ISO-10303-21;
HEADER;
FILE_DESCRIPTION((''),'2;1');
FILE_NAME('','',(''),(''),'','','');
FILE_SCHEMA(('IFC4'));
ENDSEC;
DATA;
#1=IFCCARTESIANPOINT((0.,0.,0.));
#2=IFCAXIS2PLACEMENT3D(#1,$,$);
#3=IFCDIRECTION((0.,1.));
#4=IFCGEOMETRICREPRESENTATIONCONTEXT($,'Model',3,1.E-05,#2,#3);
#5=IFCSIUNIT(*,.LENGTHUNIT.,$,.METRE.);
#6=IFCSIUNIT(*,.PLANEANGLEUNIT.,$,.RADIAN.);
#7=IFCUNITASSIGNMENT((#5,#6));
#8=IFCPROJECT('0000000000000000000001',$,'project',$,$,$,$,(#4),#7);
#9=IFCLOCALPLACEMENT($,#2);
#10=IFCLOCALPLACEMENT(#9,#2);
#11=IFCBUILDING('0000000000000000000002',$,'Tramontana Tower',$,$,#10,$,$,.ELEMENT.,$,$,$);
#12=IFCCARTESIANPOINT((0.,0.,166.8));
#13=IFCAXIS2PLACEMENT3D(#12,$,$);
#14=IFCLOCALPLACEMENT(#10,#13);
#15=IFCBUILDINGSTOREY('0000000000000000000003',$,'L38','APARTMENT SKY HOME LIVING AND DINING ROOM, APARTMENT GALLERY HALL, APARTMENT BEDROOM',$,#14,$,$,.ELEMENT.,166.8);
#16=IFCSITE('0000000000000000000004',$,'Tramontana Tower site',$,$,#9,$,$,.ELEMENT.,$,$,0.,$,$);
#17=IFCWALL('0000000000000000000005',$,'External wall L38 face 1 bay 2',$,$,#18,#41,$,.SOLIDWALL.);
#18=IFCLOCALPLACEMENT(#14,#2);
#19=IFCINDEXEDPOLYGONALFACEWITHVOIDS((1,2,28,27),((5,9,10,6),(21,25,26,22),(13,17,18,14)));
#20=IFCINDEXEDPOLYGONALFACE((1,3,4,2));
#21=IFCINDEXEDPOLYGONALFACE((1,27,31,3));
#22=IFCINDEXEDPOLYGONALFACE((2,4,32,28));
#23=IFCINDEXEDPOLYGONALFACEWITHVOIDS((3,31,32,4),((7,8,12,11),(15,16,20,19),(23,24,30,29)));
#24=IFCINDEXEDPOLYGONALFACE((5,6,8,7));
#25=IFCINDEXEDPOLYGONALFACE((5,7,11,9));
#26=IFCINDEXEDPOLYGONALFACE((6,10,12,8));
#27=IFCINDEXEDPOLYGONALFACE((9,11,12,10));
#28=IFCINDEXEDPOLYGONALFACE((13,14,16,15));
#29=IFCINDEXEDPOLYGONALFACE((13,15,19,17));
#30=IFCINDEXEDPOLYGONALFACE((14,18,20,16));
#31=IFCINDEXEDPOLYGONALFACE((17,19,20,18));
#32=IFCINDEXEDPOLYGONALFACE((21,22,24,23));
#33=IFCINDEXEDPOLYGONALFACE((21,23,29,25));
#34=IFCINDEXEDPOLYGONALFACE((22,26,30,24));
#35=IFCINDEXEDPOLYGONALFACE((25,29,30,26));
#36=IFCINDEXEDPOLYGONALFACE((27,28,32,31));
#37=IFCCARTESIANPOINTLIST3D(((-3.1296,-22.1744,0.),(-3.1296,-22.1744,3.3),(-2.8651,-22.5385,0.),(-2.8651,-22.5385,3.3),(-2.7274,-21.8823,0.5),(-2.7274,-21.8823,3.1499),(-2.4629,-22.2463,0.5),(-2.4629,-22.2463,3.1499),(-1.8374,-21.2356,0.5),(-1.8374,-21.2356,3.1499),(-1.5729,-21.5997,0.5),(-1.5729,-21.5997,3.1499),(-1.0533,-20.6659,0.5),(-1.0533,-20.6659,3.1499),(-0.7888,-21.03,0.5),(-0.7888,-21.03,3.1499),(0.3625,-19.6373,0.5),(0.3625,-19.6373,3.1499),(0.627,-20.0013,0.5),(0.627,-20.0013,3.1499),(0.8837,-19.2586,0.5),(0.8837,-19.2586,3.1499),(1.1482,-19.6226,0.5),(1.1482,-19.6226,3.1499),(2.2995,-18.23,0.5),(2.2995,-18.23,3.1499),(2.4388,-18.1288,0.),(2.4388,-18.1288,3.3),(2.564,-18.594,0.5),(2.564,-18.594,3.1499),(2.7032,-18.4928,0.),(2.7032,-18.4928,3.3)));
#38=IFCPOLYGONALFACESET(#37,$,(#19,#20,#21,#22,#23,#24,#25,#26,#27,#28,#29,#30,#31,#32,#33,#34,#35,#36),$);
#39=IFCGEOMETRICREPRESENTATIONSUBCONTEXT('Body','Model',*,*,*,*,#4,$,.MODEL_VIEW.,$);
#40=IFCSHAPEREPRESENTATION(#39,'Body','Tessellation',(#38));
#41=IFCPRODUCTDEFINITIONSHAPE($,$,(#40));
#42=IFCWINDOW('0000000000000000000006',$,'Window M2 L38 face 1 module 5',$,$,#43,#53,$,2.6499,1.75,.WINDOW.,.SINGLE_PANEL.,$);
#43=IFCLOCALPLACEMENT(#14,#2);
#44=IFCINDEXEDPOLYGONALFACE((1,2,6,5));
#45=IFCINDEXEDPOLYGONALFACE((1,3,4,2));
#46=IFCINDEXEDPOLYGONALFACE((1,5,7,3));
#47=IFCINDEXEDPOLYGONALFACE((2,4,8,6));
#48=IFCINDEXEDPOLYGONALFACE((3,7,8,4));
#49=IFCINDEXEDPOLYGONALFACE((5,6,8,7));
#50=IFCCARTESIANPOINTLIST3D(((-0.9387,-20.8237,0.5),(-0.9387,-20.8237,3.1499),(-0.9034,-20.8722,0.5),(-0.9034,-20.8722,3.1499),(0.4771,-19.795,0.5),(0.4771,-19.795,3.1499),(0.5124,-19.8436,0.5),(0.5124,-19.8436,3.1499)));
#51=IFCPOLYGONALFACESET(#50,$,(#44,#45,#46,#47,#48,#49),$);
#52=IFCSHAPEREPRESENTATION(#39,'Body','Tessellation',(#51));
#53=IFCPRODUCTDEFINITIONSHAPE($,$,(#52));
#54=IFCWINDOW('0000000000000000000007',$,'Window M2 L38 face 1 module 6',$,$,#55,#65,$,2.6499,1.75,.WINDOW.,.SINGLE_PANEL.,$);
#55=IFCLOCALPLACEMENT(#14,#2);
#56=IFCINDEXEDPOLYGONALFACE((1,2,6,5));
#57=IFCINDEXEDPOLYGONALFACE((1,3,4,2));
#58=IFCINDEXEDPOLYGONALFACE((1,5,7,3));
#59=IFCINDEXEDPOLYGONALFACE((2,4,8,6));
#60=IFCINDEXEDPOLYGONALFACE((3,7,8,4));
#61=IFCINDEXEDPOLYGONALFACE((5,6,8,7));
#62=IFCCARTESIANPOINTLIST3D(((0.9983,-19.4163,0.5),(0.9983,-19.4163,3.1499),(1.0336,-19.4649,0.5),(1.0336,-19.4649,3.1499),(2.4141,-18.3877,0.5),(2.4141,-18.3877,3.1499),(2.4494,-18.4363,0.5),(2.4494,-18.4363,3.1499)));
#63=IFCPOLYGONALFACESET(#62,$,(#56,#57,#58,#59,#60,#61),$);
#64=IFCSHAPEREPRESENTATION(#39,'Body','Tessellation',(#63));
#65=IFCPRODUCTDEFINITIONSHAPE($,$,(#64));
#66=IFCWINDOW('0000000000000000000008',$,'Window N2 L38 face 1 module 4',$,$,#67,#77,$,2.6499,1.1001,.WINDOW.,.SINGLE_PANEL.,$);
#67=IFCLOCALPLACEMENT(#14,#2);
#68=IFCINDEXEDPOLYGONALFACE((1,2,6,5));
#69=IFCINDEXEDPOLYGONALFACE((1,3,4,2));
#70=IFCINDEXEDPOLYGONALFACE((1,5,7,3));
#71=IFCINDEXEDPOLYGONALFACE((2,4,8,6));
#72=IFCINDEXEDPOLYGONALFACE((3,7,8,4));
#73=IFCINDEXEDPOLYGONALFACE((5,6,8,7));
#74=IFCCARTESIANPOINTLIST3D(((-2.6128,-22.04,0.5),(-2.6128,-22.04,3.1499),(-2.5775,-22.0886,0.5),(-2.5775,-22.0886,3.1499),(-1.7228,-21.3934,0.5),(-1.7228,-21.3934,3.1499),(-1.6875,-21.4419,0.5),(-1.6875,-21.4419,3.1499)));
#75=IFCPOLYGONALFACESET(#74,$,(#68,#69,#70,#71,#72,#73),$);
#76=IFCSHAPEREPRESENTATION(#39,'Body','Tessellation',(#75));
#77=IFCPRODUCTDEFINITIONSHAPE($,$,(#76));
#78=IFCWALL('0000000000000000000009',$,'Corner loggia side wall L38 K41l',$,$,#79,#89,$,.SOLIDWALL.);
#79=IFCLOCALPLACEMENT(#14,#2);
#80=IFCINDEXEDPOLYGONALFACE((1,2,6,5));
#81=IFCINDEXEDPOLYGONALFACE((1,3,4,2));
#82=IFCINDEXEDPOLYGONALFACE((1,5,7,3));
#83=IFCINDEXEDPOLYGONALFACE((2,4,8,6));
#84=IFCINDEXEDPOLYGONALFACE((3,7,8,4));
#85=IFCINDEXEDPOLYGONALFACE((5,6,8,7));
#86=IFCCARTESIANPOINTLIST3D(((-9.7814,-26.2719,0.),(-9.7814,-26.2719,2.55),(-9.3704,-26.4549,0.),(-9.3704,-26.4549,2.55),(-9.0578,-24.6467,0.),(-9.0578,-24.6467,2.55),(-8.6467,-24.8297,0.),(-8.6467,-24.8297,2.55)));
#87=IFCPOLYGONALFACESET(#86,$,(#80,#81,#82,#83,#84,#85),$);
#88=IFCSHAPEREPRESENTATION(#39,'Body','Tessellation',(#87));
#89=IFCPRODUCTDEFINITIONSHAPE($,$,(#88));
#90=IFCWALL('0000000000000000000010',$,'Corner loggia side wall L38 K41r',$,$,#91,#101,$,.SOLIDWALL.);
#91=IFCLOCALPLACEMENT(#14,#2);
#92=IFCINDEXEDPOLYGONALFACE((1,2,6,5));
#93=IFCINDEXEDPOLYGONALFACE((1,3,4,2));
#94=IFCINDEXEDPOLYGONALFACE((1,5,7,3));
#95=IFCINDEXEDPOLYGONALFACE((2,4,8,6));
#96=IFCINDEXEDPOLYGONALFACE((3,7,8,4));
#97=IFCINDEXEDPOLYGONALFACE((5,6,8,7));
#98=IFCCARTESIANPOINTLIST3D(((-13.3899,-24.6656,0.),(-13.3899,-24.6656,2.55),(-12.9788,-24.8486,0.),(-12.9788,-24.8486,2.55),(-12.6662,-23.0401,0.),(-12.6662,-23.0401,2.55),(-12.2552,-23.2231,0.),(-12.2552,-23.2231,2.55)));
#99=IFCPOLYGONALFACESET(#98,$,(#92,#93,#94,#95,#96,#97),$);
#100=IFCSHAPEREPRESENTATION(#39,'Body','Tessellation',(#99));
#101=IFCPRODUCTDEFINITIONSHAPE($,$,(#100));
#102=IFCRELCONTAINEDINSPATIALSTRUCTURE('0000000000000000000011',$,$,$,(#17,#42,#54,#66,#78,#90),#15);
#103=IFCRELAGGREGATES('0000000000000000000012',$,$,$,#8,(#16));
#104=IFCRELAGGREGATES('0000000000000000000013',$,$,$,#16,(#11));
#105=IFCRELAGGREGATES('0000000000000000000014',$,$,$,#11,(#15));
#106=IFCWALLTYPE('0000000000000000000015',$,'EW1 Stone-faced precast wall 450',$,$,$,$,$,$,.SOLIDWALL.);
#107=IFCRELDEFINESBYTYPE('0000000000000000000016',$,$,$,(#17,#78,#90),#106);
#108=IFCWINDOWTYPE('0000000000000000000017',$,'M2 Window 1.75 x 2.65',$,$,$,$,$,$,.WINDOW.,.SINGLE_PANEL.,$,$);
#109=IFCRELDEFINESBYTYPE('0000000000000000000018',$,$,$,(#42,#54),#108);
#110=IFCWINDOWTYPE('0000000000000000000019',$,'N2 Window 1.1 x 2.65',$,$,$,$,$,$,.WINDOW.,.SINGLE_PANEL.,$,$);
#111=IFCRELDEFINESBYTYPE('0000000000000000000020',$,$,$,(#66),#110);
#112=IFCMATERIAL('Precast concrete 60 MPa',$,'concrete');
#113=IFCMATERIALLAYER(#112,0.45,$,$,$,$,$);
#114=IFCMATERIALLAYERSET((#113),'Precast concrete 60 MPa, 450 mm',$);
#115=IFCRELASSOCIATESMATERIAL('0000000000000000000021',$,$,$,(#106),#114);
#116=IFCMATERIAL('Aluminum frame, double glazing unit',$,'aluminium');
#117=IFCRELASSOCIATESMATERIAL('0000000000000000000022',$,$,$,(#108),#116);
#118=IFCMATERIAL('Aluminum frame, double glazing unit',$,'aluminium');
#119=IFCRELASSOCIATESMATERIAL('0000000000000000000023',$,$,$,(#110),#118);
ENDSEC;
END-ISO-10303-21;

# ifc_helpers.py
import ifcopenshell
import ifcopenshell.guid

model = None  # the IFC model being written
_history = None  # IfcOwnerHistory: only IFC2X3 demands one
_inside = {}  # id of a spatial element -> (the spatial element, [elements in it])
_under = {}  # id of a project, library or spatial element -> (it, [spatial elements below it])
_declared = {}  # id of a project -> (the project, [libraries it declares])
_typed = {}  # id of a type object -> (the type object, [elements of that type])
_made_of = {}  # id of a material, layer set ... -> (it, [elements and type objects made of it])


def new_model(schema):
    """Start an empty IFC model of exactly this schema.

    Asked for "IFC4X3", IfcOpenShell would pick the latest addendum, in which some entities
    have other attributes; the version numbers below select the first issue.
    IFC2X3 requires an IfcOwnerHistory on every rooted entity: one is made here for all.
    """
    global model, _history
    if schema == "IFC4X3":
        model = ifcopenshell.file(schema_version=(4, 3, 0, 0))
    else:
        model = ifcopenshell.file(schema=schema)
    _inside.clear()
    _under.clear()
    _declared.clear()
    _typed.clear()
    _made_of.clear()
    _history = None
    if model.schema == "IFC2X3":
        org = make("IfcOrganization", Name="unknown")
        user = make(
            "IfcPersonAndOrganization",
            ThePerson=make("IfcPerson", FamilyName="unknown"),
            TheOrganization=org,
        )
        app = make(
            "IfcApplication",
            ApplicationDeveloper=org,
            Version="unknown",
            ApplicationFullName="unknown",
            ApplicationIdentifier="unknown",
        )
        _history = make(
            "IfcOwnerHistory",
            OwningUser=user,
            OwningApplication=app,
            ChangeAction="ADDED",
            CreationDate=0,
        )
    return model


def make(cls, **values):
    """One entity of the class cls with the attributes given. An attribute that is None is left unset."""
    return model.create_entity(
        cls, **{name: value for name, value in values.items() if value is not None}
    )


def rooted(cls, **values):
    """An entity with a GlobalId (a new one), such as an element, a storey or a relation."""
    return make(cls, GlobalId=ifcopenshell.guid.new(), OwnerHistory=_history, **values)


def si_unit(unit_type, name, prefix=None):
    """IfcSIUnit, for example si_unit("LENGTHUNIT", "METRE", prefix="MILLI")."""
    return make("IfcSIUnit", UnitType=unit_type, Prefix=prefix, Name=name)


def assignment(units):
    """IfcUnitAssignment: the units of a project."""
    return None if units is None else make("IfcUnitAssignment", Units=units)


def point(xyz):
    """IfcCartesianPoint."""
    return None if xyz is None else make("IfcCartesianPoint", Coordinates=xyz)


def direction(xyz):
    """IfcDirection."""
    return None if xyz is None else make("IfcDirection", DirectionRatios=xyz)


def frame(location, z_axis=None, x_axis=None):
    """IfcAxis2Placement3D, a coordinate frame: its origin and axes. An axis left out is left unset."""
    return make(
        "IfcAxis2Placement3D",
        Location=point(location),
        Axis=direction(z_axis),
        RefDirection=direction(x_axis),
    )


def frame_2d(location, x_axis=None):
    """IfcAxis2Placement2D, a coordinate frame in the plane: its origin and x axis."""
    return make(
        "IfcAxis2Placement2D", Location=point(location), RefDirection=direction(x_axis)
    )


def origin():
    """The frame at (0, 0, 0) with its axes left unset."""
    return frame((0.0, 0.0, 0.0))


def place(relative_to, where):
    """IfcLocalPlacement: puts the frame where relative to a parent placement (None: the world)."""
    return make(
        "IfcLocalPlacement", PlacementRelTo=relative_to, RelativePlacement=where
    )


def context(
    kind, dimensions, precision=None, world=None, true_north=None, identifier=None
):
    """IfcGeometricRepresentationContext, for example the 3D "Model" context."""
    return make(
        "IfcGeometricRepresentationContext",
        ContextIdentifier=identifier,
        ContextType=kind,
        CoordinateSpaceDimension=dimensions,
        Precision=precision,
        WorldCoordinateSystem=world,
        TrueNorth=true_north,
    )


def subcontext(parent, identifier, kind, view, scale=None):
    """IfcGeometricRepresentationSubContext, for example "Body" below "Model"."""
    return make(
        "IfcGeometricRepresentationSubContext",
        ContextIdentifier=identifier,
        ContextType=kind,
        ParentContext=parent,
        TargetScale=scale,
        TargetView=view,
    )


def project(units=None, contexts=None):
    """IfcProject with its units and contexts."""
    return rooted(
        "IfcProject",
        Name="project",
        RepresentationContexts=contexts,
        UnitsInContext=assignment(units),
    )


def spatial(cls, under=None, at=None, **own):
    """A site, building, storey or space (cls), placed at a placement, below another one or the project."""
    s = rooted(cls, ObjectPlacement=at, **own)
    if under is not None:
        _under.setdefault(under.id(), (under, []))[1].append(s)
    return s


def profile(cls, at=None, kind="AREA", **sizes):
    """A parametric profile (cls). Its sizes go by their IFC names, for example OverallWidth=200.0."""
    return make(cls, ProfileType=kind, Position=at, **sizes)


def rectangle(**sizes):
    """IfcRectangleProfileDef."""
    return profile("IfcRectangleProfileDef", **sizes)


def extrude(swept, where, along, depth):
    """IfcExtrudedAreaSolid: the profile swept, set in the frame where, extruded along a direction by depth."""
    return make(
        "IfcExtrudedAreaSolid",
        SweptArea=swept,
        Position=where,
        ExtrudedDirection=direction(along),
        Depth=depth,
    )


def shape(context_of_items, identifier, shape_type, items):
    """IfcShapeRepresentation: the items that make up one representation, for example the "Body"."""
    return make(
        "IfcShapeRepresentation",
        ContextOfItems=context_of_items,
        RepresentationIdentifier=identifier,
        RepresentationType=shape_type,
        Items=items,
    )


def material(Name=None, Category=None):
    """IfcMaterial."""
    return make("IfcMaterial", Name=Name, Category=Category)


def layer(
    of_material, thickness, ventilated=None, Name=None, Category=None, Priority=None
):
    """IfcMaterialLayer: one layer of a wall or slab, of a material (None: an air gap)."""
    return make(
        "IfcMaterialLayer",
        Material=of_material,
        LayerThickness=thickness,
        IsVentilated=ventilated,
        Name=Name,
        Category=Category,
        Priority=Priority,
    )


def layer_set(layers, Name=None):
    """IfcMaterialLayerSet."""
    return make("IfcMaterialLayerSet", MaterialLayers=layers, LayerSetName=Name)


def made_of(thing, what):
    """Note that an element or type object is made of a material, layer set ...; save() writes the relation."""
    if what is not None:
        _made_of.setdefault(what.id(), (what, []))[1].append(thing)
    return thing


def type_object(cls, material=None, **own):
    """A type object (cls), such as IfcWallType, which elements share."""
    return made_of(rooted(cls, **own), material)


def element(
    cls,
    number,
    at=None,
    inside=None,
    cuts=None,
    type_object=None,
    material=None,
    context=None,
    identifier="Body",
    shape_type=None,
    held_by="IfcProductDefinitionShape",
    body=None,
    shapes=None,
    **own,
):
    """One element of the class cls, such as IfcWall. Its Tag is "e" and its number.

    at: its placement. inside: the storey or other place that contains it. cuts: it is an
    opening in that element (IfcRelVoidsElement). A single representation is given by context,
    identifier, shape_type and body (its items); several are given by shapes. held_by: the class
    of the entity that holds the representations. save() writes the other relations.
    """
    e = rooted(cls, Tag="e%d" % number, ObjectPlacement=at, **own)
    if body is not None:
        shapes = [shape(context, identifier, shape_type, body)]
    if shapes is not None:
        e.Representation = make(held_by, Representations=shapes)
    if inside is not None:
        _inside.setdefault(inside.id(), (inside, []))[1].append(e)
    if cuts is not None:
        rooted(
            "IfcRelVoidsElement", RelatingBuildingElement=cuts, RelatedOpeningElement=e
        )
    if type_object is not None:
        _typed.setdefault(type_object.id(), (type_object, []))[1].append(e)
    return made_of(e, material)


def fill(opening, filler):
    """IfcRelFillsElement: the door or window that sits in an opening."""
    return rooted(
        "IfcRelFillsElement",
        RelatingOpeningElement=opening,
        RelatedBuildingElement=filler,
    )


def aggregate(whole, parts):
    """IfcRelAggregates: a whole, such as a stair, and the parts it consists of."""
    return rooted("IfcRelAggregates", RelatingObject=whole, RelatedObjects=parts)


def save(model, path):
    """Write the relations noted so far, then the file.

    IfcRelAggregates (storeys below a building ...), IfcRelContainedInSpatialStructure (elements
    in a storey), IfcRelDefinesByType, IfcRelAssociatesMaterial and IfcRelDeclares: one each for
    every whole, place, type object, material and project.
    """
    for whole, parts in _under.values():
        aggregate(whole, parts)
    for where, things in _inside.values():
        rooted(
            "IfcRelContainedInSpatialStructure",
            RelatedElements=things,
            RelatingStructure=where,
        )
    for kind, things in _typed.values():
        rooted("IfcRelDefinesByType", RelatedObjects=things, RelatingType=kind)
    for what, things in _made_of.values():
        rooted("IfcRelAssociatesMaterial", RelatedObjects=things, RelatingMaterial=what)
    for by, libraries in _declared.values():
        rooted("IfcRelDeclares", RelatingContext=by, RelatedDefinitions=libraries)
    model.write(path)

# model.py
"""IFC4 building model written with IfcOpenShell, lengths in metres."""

from ifc_helpers import new_model, si_unit, direction, frame, frame_2d, origin, place, context, subcontext, project, spatial, rectangle, extrude, material, layer, layer_set, type_object, element, fill, save


model = new_model("IFC4")

# Units and contexts
model_context = context("Model", 3, precision=1e-05, world=origin(), true_north=direction((0.0, 1.0)))
body_context = subcontext(model_context, "Body", "Model", "MODEL_VIEW")
ifc_project = project(units=[si_unit("LENGTHUNIT", "METRE"), si_unit("PLANEANGLEUNIT", "RADIAN")], contexts=[model_context])

# Site, building, storey
site_placement = place(None, origin())
site = spatial("IfcSite", under=ifc_project, at=site_placement, Name="Tramontana Tower site", CompositionType="ELEMENT", RefElevation=0.0)
building_placement = place(site_placement, origin())
building = spatial("IfcBuilding", under=site, at=building_placement, Name="Tramontana Tower", CompositionType="ELEMENT")
storey_placement = place(building_placement, frame((0.0, 0.0, 166.8)))
storey = spatial("IfcBuildingStorey", under=building, at=storey_placement, Name="L38", Description="APARTMENT SKY HOME LIVING AND DINING ROOM, APARTMENT GALLERY HALL, APARTMENT BEDROOM", CompositionType="ELEMENT", Elevation=166.8)

# Wall, openings, windows
ifc_material_1 = material(Name="Precast concrete 60 MPa", Category="concrete")
ifc_layer_1 = layer(ifc_material_1, 0.45)
ifc_layer_set_1 = layer_set([ifc_layer_1], Name="Precast concrete 60 MPa, 450 mm")
wall_type_1 = type_object("IfcWallType", Name="EW1 Stone-faced precast wall 450", PredefinedType="SOLIDWALL", material=ifc_layer_set_1)
ifc_material_2 = material(Name="Aluminum frame, double glazing unit", Category="aluminium")
window_type_1 = type_object("IfcWindowType", Name="M2 Window 1.75 x 2.65", PartitioningType="SINGLE_PANEL", PredefinedType="WINDOW", material=ifc_material_2)
wall_1_placement = place(storey_placement, frame((-2.9973, -22.3564, 0.0), z_axis=(0.0, 0.0, 1.0), x_axis=(0.809017, 0.587786, 0.0)))
wall_1 = element("IfcWall", 1, at=wall_1_placement, inside=storey, type_object=wall_type_1, Name="External wall L38 face 1 bay 2", PredefinedType="SOLIDWALL", context=body_context, shape_type="SweptSolid", body=[
    extrude(rectangle(XDim=6.8828, YDim=0.45, at=frame_2d((3.4414, 0.0))), origin(), (0.0, 0.0, 1.0), 3.3),
])
opening_1_placement = place(wall_1_placement, frame((0.4971, 0.0, 0.5)))
opening_1 = element("IfcOpeningElement", 2, at=opening_1_placement, cuts=wall_1, PredefinedType="OPENING", context=body_context, shape_type="SweptSolid", body=[
    extrude(rectangle(XDim=1.1001, YDim=2.6499, at=frame_2d((0.55, 1.325))), frame((0.0, 0.2349, 0.0), z_axis=(0.0, -1.0, 0.0), x_axis=(1.0, 0.0, 0.0)), (0.0, 0.0, 1.0), 0.47),
])
opening_2_placement = place(wall_1_placement, frame((2.5664, 0.0, 0.5)))
opening_2 = element("IfcOpeningElement", 3, at=opening_2_placement, cuts=wall_1, PredefinedType="OPENING", context=body_context, shape_type="SweptSolid", body=[
    extrude(rectangle(XDim=1.75, YDim=2.6499, at=frame_2d((0.875, 1.325))), frame((0.0, 0.2349, 0.0), z_axis=(0.0, -1.0, 0.0), x_axis=(1.0, 0.0, 0.0)), (0.0, 0.0, 1.0), 0.47),
])
opening_3_placement = place(wall_1_placement, frame((4.9607, 0.0, 0.5)))
opening_3 = element("IfcOpeningElement", 4, at=opening_3_placement, cuts=wall_1, PredefinedType="OPENING", context=body_context, shape_type="SweptSolid", body=[
    extrude(rectangle(XDim=1.75, YDim=2.6499, at=frame_2d((0.875, 1.325))), frame((0.0, 0.2349, 0.0), z_axis=(0.0, -1.0, 0.0), x_axis=(1.0, 0.0, 0.0)), (0.0, 0.0, 1.0), 0.47),
])
window_1_placement = place(opening_2_placement, origin())
window_1 = element("IfcWindow", 5, at=window_1_placement, inside=storey, type_object=window_type_1, Name="Window M2 L38 face 1 module 5", OverallHeight=2.6499, OverallWidth=1.75, PartitioningType="SINGLE_PANEL", PredefinedType="WINDOW", context=body_context, shape_type="SweptSolid", body=[
    extrude(rectangle(XDim=1.75, YDim=2.6499, at=frame_2d((0.875, 1.325))), frame((0.0, 0.03, 0.0), z_axis=(0.0, -1.0, 0.0), x_axis=(1.0, 0.0, 0.0)), (0.0, 0.0, 1.0), 0.0601),
])
fill(opening_2, window_1)
window_2_placement = place(opening_3_placement, origin())
window_2 = element("IfcWindow", 6, at=window_2_placement, inside=storey, type_object=window_type_1, Name="Window M2 L38 face 1 module 6", OverallHeight=2.6499, OverallWidth=1.75, PartitioningType="SINGLE_PANEL", PredefinedType="WINDOW", context=body_context, shape_type="SweptSolid", body=[
    extrude(rectangle(XDim=1.75, YDim=2.6499, at=frame_2d((0.875, 1.325))), frame((0.0, 0.03, 0.0), z_axis=(0.0, -1.0, 0.0), x_axis=(1.0, 0.0, 0.0)), (0.0, 0.0, 1.0), 0.0601),
])
fill(opening_3, window_2)
ifc_material_3 = material(Name="Aluminum frame, double glazing unit", Category="aluminium")
window_type_2 = type_object("IfcWindowType", Name="N2 Window 1.1 x 2.65", PartitioningType="SINGLE_PANEL", PredefinedType="WINDOW", material=ifc_material_3)
window_3_placement = place(opening_1_placement, origin())
window_3 = element("IfcWindow", 7, at=window_3_placement, inside=storey, type_object=window_type_2, Name="Window N2 L38 face 1 module 4", OverallHeight=2.6499, OverallWidth=1.1001, PartitioningType="SINGLE_PANEL", PredefinedType="WINDOW", context=body_context, shape_type="SweptSolid", body=[
    extrude(rectangle(XDim=1.1001, YDim=2.6499, at=frame_2d((0.55, 1.325))), frame((0.0, 0.03, 0.0), z_axis=(0.0, -1.0, 0.0), x_axis=(1.0, 0.0, 0.0)), (0.0, 0.0, 1.0), 0.0601),
])
fill(opening_1, window_3)

# Walls
wall_2_placement = place(storey_placement, frame((-9.5759, -26.3635, 0.0), z_axis=(0.0, 0.0, 1.0), x_axis=(0.40675, 0.91354, 0.0)))
element("IfcWall", 8, at=wall_2_placement, inside=storey, type_object=wall_type_1, Name="Corner loggia side wall L38 K41l", PredefinedType="SOLIDWALL", context=body_context, shape_type="SweptSolid", body=[
    extrude(rectangle(XDim=1.7791, YDim=0.45, at=frame_2d((0.8896, 0.0))), origin(), (0.0, 0.0, 1.0), 2.55),
])
wall_3_placement = place(storey_placement, frame((-13.1843, -24.7571, 0.0), z_axis=(0.0, 0.0, 1.0), x_axis=(0.406699, 0.913562, 0.0)))
element("IfcWall", 9, at=wall_3_placement, inside=storey, type_object=wall_type_1, Name="Corner loggia side wall L38 K41r", PredefinedType="SOLIDWALL", context=body_context, shape_type="SweptSolid", body=[
    extrude(rectangle(XDim=1.7793, YDim=0.45, at=frame_2d((0.8896, 0.0))), origin(), (0.0, 0.0, 1.0), 2.55),
])

save(model, "model.ifc")
